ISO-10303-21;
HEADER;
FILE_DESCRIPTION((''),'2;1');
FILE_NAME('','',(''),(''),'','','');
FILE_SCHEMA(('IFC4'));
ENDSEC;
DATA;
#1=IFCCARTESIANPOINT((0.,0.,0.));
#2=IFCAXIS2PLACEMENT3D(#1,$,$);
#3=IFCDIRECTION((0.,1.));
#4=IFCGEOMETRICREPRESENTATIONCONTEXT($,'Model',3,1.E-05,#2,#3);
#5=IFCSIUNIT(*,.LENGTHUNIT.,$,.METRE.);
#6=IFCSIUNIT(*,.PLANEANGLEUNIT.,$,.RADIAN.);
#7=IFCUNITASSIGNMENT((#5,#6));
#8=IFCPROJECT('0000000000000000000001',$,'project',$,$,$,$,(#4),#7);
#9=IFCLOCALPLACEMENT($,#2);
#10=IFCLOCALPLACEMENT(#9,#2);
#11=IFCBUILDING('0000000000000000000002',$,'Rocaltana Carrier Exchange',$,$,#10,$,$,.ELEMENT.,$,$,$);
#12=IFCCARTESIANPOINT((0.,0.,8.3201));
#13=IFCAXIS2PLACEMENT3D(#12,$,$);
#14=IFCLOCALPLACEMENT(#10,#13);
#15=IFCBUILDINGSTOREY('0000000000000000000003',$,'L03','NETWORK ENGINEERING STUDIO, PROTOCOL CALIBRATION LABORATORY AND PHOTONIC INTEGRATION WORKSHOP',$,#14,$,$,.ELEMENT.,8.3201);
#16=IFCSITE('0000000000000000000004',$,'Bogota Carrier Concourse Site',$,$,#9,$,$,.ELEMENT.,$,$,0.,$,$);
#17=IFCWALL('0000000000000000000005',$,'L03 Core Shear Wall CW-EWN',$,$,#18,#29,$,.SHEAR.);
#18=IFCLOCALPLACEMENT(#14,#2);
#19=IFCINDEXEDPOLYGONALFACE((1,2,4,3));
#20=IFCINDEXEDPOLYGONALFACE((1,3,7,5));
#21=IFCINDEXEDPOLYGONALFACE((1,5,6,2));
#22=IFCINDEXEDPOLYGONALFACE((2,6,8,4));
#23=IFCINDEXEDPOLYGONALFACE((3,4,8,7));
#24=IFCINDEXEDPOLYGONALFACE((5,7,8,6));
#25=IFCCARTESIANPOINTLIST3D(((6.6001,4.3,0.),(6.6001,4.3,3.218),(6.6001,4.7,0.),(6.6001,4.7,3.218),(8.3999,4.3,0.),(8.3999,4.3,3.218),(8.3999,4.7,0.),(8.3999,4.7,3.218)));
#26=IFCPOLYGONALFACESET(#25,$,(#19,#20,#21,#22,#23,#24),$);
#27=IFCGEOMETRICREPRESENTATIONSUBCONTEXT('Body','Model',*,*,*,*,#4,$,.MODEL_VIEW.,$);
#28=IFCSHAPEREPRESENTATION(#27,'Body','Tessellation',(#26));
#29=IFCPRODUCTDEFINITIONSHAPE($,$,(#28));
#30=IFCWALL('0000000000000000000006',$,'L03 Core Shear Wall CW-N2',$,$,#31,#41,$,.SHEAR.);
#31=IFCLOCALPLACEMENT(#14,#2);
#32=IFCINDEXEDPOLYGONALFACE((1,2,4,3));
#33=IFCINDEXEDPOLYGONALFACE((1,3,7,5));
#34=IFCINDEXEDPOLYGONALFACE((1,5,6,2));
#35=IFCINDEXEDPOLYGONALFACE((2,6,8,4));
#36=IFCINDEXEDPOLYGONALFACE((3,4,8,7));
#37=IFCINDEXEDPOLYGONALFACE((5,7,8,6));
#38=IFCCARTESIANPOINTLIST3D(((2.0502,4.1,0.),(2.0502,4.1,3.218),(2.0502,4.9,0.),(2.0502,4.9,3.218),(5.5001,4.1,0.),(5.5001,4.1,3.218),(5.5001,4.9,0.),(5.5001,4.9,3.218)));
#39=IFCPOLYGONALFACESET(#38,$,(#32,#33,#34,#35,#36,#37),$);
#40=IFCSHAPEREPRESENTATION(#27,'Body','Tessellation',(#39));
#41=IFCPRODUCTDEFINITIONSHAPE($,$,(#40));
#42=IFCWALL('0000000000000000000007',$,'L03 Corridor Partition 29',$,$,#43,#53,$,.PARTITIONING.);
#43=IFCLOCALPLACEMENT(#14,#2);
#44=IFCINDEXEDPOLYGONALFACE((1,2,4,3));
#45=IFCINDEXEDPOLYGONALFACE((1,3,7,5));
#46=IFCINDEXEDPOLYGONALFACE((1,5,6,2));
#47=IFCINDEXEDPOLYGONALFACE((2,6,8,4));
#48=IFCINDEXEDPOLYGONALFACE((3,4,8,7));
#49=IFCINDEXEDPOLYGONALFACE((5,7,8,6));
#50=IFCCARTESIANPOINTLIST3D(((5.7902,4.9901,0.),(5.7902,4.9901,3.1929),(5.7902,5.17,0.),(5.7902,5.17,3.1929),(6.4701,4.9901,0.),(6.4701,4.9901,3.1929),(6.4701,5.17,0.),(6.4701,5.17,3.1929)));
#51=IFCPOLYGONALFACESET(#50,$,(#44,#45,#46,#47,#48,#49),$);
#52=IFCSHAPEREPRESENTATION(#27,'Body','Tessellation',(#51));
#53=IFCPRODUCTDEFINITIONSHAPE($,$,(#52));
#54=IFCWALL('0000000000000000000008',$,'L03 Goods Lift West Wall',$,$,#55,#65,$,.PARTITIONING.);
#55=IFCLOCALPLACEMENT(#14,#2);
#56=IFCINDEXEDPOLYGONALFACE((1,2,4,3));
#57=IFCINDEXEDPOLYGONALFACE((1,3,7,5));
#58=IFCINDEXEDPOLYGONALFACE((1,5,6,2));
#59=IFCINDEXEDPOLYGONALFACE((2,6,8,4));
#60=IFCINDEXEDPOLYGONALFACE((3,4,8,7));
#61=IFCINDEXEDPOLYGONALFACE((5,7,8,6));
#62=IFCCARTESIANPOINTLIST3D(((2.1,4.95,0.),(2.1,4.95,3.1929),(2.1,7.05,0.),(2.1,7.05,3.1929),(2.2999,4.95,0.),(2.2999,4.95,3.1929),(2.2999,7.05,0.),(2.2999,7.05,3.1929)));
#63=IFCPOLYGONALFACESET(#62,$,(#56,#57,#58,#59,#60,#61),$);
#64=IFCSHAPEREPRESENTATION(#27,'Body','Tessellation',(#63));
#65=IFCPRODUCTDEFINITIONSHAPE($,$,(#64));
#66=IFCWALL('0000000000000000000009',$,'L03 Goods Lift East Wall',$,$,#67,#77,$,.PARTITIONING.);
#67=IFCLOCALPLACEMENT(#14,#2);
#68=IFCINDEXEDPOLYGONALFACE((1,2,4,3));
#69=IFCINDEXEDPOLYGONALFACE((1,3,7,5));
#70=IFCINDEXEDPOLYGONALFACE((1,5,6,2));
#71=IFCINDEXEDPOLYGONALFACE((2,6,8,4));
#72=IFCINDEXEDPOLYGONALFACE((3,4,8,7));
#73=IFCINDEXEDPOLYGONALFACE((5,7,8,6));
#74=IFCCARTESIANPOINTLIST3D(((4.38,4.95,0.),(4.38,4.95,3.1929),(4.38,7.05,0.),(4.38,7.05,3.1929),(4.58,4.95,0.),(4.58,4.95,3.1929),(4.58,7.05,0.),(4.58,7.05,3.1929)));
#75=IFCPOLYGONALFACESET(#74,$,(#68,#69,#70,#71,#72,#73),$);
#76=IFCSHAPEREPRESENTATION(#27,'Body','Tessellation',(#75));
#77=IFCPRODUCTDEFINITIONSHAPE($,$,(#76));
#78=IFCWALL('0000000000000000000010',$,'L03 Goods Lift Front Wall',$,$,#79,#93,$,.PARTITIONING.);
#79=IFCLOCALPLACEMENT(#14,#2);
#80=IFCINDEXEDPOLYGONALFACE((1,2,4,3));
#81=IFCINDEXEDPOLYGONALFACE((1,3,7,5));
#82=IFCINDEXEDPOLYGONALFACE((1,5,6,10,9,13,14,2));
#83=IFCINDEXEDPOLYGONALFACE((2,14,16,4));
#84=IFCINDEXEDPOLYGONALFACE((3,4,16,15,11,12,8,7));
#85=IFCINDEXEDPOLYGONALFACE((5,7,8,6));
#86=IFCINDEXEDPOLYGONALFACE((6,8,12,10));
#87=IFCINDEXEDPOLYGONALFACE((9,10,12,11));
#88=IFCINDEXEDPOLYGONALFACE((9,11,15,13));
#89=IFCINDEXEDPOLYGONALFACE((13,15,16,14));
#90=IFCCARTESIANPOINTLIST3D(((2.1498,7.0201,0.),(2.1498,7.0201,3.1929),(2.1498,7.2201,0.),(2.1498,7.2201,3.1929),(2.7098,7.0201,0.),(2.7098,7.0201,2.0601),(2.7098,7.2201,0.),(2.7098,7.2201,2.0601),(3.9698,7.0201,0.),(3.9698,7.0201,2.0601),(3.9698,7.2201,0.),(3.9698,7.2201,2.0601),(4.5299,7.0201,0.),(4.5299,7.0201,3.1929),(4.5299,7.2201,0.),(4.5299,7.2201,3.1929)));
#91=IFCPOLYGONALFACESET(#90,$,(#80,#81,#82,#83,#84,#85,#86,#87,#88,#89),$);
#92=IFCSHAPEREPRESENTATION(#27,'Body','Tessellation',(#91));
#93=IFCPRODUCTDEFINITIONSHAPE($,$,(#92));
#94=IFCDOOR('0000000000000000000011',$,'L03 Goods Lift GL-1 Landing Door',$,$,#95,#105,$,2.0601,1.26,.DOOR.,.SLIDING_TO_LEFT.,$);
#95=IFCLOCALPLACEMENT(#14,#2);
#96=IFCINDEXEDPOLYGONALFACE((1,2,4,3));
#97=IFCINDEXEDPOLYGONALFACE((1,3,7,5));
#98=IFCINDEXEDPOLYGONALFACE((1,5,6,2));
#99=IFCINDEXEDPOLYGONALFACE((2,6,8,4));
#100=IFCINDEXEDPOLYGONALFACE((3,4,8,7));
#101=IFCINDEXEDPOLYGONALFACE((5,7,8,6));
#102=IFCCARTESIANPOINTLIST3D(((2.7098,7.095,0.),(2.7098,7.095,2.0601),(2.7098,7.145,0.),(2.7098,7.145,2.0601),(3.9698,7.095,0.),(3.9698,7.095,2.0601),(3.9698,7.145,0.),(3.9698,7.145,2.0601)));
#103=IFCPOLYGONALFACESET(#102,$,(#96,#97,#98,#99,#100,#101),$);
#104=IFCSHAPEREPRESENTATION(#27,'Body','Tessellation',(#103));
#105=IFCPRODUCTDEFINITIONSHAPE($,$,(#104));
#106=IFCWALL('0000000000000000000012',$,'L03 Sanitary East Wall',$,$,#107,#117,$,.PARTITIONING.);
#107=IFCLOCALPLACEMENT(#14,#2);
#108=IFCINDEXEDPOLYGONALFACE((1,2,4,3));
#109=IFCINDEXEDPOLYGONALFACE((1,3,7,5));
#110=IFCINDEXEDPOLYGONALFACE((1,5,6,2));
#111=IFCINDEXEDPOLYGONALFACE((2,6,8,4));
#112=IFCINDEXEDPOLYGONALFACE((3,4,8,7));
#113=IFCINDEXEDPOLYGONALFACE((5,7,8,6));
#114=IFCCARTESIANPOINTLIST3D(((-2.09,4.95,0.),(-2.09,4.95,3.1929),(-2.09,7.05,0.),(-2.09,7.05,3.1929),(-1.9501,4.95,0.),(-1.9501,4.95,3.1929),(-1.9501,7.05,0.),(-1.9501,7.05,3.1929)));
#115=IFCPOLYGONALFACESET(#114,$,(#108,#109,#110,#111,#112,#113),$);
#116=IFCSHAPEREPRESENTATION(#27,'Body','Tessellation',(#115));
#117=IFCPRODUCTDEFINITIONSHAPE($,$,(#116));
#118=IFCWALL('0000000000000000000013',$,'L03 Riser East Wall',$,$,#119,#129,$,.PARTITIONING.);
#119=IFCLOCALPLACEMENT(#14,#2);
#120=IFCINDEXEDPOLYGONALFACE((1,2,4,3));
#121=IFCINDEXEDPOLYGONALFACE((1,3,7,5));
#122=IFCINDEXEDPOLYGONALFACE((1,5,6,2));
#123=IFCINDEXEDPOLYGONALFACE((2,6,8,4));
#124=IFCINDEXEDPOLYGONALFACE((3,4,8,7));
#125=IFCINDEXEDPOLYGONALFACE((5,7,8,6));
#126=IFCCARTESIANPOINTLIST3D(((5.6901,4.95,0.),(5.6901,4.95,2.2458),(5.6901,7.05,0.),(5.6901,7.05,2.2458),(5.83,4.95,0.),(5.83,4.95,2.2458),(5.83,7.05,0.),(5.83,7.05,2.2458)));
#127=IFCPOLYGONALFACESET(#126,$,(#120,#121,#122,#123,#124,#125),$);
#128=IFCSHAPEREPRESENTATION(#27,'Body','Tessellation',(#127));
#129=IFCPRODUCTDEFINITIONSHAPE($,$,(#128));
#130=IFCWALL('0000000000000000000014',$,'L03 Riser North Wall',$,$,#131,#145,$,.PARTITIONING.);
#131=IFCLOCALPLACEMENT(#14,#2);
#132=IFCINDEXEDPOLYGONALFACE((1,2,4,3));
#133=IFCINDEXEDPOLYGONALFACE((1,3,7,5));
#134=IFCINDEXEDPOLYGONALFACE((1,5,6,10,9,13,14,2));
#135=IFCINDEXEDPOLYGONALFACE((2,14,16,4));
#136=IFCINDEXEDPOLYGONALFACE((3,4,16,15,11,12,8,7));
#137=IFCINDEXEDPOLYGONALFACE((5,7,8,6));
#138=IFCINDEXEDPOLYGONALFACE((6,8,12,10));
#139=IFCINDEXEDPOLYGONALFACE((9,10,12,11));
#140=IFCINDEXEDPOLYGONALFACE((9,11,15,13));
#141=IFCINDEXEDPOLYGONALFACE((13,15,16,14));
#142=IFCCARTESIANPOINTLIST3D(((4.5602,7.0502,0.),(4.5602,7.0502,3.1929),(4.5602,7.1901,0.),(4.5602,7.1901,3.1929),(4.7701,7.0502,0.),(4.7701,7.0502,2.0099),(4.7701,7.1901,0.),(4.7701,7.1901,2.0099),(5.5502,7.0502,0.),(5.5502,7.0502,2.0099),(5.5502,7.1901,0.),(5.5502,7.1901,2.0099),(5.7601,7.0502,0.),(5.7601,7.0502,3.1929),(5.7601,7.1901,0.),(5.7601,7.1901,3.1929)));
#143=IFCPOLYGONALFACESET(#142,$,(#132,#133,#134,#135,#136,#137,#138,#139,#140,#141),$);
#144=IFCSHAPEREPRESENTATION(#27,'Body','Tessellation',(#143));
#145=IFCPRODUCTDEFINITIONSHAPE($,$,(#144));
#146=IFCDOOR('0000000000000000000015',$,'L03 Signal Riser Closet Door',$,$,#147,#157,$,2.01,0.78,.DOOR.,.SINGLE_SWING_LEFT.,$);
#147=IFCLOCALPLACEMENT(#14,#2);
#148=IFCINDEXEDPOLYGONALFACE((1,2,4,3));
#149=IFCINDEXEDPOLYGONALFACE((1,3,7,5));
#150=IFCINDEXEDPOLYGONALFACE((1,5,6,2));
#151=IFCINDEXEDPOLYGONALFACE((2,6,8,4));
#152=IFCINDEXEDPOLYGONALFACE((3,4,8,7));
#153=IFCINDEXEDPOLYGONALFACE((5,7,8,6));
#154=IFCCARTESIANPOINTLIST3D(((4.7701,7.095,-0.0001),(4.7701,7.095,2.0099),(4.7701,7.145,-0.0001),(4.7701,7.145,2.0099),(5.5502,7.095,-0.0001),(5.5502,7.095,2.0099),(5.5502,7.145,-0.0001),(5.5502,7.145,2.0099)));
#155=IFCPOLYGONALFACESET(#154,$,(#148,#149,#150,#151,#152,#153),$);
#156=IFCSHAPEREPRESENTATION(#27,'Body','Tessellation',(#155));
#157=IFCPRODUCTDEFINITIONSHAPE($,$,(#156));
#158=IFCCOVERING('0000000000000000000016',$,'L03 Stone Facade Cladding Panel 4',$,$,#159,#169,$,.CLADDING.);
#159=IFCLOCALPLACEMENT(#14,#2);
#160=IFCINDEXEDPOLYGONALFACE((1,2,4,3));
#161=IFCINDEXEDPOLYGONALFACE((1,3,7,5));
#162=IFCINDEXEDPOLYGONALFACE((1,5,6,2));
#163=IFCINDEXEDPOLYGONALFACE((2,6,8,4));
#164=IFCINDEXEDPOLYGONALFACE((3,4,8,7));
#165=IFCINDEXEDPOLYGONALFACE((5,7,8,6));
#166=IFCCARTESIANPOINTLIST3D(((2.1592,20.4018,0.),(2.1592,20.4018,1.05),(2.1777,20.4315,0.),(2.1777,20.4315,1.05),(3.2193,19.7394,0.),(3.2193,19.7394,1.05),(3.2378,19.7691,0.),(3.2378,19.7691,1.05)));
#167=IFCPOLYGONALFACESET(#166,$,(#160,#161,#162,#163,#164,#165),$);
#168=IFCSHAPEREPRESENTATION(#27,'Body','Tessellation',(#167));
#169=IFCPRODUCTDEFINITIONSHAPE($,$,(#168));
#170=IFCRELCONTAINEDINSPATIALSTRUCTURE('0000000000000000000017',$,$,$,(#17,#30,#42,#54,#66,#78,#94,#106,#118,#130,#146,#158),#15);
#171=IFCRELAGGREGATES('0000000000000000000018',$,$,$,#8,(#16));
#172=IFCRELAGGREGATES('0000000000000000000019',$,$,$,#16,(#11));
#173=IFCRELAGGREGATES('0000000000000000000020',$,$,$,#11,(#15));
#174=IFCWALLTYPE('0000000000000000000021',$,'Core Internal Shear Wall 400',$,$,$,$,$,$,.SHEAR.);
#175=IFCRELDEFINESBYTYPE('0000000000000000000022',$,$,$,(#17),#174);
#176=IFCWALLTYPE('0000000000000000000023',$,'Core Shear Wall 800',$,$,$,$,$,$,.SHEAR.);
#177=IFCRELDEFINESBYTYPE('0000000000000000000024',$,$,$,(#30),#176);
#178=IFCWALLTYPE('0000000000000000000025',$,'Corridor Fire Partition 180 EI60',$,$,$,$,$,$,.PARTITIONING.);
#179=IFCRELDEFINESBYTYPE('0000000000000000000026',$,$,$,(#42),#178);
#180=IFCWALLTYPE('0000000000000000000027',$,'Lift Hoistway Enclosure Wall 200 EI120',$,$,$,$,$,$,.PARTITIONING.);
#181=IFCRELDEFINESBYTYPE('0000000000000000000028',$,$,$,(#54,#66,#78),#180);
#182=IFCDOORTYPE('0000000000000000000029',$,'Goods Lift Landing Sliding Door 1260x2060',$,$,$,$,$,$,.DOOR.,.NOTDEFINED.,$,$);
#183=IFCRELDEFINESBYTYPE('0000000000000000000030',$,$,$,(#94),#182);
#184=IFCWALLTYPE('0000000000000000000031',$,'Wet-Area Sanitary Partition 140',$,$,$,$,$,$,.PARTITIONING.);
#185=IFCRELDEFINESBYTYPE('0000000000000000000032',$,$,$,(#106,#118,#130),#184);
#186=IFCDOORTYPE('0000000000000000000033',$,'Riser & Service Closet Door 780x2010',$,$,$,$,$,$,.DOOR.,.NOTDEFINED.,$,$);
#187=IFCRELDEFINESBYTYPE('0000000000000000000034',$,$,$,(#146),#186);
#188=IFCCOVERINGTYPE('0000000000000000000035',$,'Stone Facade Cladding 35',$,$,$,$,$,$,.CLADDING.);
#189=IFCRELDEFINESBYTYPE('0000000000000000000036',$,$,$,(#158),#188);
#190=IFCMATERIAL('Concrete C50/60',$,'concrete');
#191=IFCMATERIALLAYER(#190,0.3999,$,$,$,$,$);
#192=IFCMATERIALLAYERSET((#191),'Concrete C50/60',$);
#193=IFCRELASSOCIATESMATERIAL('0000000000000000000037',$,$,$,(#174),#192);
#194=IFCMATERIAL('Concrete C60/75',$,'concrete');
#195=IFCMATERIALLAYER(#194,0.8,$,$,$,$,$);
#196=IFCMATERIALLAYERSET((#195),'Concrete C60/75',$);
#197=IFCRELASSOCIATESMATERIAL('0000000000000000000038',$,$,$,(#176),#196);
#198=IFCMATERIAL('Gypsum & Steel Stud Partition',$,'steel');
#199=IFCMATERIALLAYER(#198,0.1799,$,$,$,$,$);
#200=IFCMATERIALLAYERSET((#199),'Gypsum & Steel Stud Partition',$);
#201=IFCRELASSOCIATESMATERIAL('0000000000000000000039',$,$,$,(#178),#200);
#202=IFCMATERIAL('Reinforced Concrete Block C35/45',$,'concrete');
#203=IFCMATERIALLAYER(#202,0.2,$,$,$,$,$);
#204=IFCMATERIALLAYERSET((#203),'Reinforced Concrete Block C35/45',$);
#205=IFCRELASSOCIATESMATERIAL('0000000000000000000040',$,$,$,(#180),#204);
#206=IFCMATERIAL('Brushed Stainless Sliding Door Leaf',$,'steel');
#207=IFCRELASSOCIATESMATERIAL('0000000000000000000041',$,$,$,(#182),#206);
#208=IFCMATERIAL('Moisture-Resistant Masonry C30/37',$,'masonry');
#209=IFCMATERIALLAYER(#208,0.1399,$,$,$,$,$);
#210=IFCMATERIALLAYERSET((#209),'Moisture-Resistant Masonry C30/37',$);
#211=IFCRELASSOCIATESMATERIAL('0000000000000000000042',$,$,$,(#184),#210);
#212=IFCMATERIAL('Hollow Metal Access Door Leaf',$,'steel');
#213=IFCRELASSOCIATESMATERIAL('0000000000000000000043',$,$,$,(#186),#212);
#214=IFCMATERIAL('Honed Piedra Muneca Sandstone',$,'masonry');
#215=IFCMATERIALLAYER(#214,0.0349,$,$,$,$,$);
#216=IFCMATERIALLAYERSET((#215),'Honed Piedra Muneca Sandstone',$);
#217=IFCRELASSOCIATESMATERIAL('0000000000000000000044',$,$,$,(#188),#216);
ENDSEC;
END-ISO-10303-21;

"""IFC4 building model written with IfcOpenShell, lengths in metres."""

from ifc_helpers import new_model, si_unit, direction, frame, frame_2d, origin, origin_2d, place, context, subcontext, project, spatial, rectangle, extrude, material, layer, layer_set, type_object, element, fill, save


model = new_model("IFC4")

# Units and contexts
model_context = context("Model", 3, precision=1e-05, world=origin(), true_north=direction((0.0, 1.0)))
body_context = subcontext(model_context, "Body", "Model", "MODEL_VIEW")
ifc_project = project(units=[si_unit("LENGTHUNIT", "METRE"), si_unit("PLANEANGLEUNIT", "RADIAN")], contexts=[model_context])

# Site, building, storey
site_placement = place(None, origin())
site = spatial("IfcSite", under=ifc_project, at=site_placement, Name="Bogota Carrier Concourse Site", CompositionType="ELEMENT", RefElevation=0.0)
building_placement = place(site_placement, origin())
building = spatial("IfcBuilding", under=site, at=building_placement, Name="Rocaltana Carrier Exchange", CompositionType="ELEMENT")
storey_placement = place(building_placement, frame((0.0, 0.0, 8.3201)))
storey = spatial("IfcBuildingStorey", under=building, at=storey_placement, Name="L03", Description="NETWORK ENGINEERING STUDIO, PROTOCOL CALIBRATION LABORATORY AND PHOTONIC INTEGRATION WORKSHOP", CompositionType="ELEMENT", Elevation=8.3201)

# Walls
ifc_material_1 = material(Name="Concrete C50/60", Category="concrete")
ifc_layer_1 = layer(ifc_material_1, 0.3999)
ifc_layer_set_1 = layer_set([ifc_layer_1], Name="Concrete C50/60")
wall_type_1 = type_object("IfcWallType", Name="Core Internal Shear Wall 400", PredefinedType="SHEAR", material=ifc_layer_set_1)
wall_1_placement = place(storey_placement, frame((6.6001, 4.5, 0.0), z_axis=(0.0, 0.0, 1.0), x_axis=(1.0, 0.0, 0.0)))
element("IfcWall", 1, at=wall_1_placement, inside=storey, type_object=wall_type_1, Name="L03 Core Shear Wall CW-EWN", PredefinedType="SHEAR", context=body_context, shape_type="SweptSolid", body=[
    extrude(rectangle(XDim=1.7998, YDim=0.3999, at=frame_2d((0.8999, 0.0))), origin(), (0.0, 0.0, 1.0), 3.218),
])
ifc_material_2 = material(Name="Concrete C60/75", Category="concrete")
ifc_layer_2 = layer(ifc_material_2, 0.8)
ifc_layer_set_2 = layer_set([ifc_layer_2], Name="Concrete C60/75")
wall_type_2 = type_object("IfcWallType", Name="Core Shear Wall 800", PredefinedType="SHEAR", material=ifc_layer_set_2)
wall_2_placement = place(storey_placement, frame((2.05, 4.5, 0.0), z_axis=(0.0, 0.0, 1.0), x_axis=(1.0, 0.0, 0.0)))
element("IfcWall", 2, at=wall_2_placement, inside=storey, type_object=wall_type_2, Name="L03 Core Shear Wall CW-N2", PredefinedType="SHEAR", context=body_context, shape_type="SweptSolid", body=[
    extrude(rectangle(XDim=3.45, YDim=0.8, at=frame_2d((1.7251, 0.0))), origin(), (0.0, 0.0, 1.0), 3.218),
])
ifc_material_3 = material(Name="Gypsum & Steel Stud Partition", Category="steel")
ifc_layer_3 = layer(ifc_material_3, 0.1799)
ifc_layer_set_3 = layer_set([ifc_layer_3], Name="Gypsum & Steel Stud Partition")
wall_type_3 = type_object("IfcWallType", Name="Corridor Fire Partition 180 EI60", PredefinedType="PARTITIONING", material=ifc_layer_set_3)
wall_3_placement = place(storey_placement, frame((6.47, 5.0801, 0.0), z_axis=(0.0, 0.0, 1.0), x_axis=(-1.0, 0.0, 0.0)))
element("IfcWall", 3, at=wall_3_placement, inside=storey, type_object=wall_type_3, Name="L03 Corridor Partition 29", PredefinedType="PARTITIONING", context=body_context, shape_type="SweptSolid", body=[
    extrude(rectangle(XDim=0.6799, YDim=0.1799, at=frame_2d((0.3398, 0.0))), origin(), (0.0, 0.0, 1.0), 3.1929),
])
ifc_material_4 = material(Name="Reinforced Concrete Block C35/45", Category="concrete")
ifc_layer_4 = layer(ifc_material_4, 0.2)
ifc_layer_set_4 = layer_set([ifc_layer_4], Name="Reinforced Concrete Block C35/45")
wall_type_4 = type_object("IfcWallType", Name="Lift Hoistway Enclosure Wall 200 EI120", PredefinedType="PARTITIONING", material=ifc_layer_set_4)
for number, where, z_axis, x_axis, name in (
    (4, (2.2, 4.95, 0.0), (0.0, 0.0, 1.0), (0.0, 1.0, 0.0), "L03 Goods Lift West Wall"),
    (5, (4.48, 4.95, 0.0), (0.0, 0.0, 1.0), (0.0, 1.0, 0.0), "L03 Goods Lift East Wall"),
):
    element("IfcWall", number, at=place(storey_placement, frame(where, z_axis=z_axis, x_axis=x_axis)), inside=storey, type_object=wall_type_4, Name=name, PredefinedType="PARTITIONING", context=body_context, shape_type="SweptSolid", body=[
        extrude(rectangle(XDim=2.1001, YDim=0.2, at=frame_2d((1.05, 0.0))), origin(), (0.0, 0.0, 1.0), 3.1929),
    ])

# Wall, opening, door
wall_4_placement = place(storey_placement, frame((2.1499, 7.1201, 0.0), z_axis=(0.0, 0.0, 1.0), x_axis=(1.0, 0.0, 0.0)))
wall_4 = element("IfcWall", 6, at=wall_4_placement, inside=storey, type_object=wall_type_4, Name="L03 Goods Lift Front Wall", PredefinedType="PARTITIONING", context=body_context, shape_type="SweptSolid", body=[
    extrude(rectangle(XDim=2.3801, YDim=0.2, at=frame_2d((1.1899, 0.0))), origin(), (0.0, 0.0, 1.0), 3.1929),
])
opening_1_placement = place(wall_4_placement, frame((0.5601, 0.0, 0.0)))
opening_1 = element("IfcOpeningElement", 7, at=opening_1_placement, cuts=wall_4, PredefinedType="OPENING", context=body_context, shape_type="SweptSolid", body=[
    extrude(rectangle(XDim=1.26, YDim=2.0601, at=frame_2d((0.6299, 1.03))), frame((0.0, 0.1099, 0.0), z_axis=(0.0, -1.0, 0.0), x_axis=(1.0, 0.0, 0.0)), (0.0, 0.0, 1.0), 0.22),
])
ifc_material_5 = material(Name="Brushed Stainless Sliding Door Leaf", Category="steel")
door_type_1 = type_object("IfcDoorType", Name="Goods Lift Landing Sliding Door 1260x2060", OperationType="NOTDEFINED", PredefinedType="DOOR", material=ifc_material_5)
door_1_placement = place(opening_1_placement, origin())
door_1 = element("IfcDoor", 8, at=door_1_placement, inside=storey, type_object=door_type_1, Name="L03 Goods Lift GL-1 Landing Door", OperationType="SLIDING_TO_LEFT", OverallHeight=2.0601, OverallWidth=1.26, PredefinedType="DOOR", context=body_context, shape_type="SweptSolid", body=[
    extrude(rectangle(XDim=1.26, YDim=2.0601, at=frame_2d((0.6299, 1.03))), frame((0.0, 0.0249, 0.0), z_axis=(0.0, -1.0, 0.0), x_axis=(1.0, 0.0, 0.0)), (0.0, 0.0, 1.0), 0.05),
])
fill(opening_1, door_1)

# Walls
ifc_material_6 = material(Name="Moisture-Resistant Masonry C30/37", Category="masonry")
ifc_layer_5 = layer(ifc_material_6, 0.1399)
ifc_layer_set_5 = layer_set([ifc_layer_5], Name="Moisture-Resistant Masonry C30/37")
wall_type_5 = type_object("IfcWallType", Name="Wet-Area Sanitary Partition 140", PredefinedType="PARTITIONING", material=ifc_layer_set_5)
wall_5_placement = place(storey_placement, frame((-2.02, 4.95, 0.0), z_axis=(0.0, 0.0, 1.0), x_axis=(0.0, 1.0, 0.0)))
element("IfcWall", 9, at=wall_5_placement, inside=storey, type_object=wall_type_5, Name="L03 Sanitary East Wall", PredefinedType="PARTITIONING", context=body_context, shape_type="SweptSolid", body=[
    extrude(rectangle(XDim=2.1001, YDim=0.1399, at=frame_2d((1.05, 0.0))), origin(), (0.0, 0.0, 1.0), 3.1929),
])
wall_6_placement = place(storey_placement, frame((5.76, 4.95, 0.0), z_axis=(0.0, 0.0, 1.0), x_axis=(0.0, 1.0, 0.0)))
element("IfcWall", 10, at=wall_6_placement, inside=storey, type_object=wall_type_5, Name="L03 Riser East Wall", PredefinedType="PARTITIONING", context=body_context, shape_type="SweptSolid", body=[
    extrude(rectangle(XDim=2.1001, YDim=0.1399, at=frame_2d((1.05, 0.0))), origin(), (0.0, 0.0, 1.0), 2.2458),
])

# Wall, opening, door
wall_7_placement = place(storey_placement, frame((4.5601, 7.1201, 0.0), z_axis=(0.0, 0.0, 1.0), x_axis=(1.0, 0.0, 0.0)))
wall_7 = element("IfcWall", 11, at=wall_7_placement, inside=storey, type_object=wall_type_5, Name="L03 Riser North Wall", PredefinedType="PARTITIONING", context=body_context, shape_type="SweptSolid", body=[
    extrude(rectangle(XDim=1.2, YDim=0.1399, at=frame_2d((0.6001, 0.0))), origin(), (0.0, 0.0, 1.0), 3.1929),
])
opening_2_placement = place(wall_7_placement, frame((0.21, 0.0, 0.0)))
opening_2 = element("IfcOpeningElement", 12, at=opening_2_placement, cuts=wall_7, PredefinedType="OPENING", context=body_context, shape_type="SweptSolid", body=[
    extrude(rectangle(XDim=0.78, YDim=2.01, at=frame_2d((0.3901, 1.0049))), frame((0.0, 0.0798, 0.0), z_axis=(0.0, -1.0, 0.0), x_axis=(1.0, 0.0, 0.0)), (0.0, 0.0, 1.0), 0.1599),
])
ifc_material_7 = material(Name="Hollow Metal Access Door Leaf", Category="steel")
door_type_2 = type_object("IfcDoorType", Name="Riser & Service Closet Door 780x2010", OperationType="NOTDEFINED", PredefinedType="DOOR", material=ifc_material_7)
door_2_placement = place(opening_2_placement, origin())
door_2 = element("IfcDoor", 13, at=door_2_placement, inside=storey, type_object=door_type_2, Name="L03 Signal Riser Closet Door", OperationType="SINGLE_SWING_LEFT", OverallHeight=2.01, OverallWidth=0.78, PredefinedType="DOOR", context=body_context, shape_type="SweptSolid", body=[
    extrude(rectangle(XDim=0.78, YDim=2.01, at=frame_2d((0.3901, 1.0049))), frame((0.0, 0.0249, 0.0), z_axis=(0.0, -1.0, 0.0), x_axis=(1.0, 0.0, 0.0)), (0.0, 0.0, 1.0), 0.05),
])
fill(opening_2, door_2)

# Covering
ifc_material_8 = material(Name="Honed Piedra Muneca Sandstone", Category="masonry")
ifc_layer_6 = layer(ifc_material_8, 0.0349)
ifc_layer_set_6 = layer_set([ifc_layer_6], Name="Honed Piedra Muneca Sandstone")
covering_type = type_object("IfcCoveringType", Name="Stone Facade Cladding 35", PredefinedType="CLADDING", material=ifc_layer_set_6)
covering_placement = place(storey_placement, frame((2.6985, 20.0854, 0.0), z_axis=(0.0, 0.0, 1.0), x_axis=(-0.848048, 0.529919, 0.0)))
element("IfcCovering", 14, at=covering_placement, inside=storey, type_object=covering_type, Name="L03 Stone Facade Cladding Panel 4", PredefinedType="CLADDING", context=body_context, shape_type="SweptSolid", body=[
    extrude(rectangle(XDim=1.25, YDim=0.0349, at=origin_2d()), origin(), (0.0, 0.0, 1.0), 1.05),
])

save(model, "model.ifc")
